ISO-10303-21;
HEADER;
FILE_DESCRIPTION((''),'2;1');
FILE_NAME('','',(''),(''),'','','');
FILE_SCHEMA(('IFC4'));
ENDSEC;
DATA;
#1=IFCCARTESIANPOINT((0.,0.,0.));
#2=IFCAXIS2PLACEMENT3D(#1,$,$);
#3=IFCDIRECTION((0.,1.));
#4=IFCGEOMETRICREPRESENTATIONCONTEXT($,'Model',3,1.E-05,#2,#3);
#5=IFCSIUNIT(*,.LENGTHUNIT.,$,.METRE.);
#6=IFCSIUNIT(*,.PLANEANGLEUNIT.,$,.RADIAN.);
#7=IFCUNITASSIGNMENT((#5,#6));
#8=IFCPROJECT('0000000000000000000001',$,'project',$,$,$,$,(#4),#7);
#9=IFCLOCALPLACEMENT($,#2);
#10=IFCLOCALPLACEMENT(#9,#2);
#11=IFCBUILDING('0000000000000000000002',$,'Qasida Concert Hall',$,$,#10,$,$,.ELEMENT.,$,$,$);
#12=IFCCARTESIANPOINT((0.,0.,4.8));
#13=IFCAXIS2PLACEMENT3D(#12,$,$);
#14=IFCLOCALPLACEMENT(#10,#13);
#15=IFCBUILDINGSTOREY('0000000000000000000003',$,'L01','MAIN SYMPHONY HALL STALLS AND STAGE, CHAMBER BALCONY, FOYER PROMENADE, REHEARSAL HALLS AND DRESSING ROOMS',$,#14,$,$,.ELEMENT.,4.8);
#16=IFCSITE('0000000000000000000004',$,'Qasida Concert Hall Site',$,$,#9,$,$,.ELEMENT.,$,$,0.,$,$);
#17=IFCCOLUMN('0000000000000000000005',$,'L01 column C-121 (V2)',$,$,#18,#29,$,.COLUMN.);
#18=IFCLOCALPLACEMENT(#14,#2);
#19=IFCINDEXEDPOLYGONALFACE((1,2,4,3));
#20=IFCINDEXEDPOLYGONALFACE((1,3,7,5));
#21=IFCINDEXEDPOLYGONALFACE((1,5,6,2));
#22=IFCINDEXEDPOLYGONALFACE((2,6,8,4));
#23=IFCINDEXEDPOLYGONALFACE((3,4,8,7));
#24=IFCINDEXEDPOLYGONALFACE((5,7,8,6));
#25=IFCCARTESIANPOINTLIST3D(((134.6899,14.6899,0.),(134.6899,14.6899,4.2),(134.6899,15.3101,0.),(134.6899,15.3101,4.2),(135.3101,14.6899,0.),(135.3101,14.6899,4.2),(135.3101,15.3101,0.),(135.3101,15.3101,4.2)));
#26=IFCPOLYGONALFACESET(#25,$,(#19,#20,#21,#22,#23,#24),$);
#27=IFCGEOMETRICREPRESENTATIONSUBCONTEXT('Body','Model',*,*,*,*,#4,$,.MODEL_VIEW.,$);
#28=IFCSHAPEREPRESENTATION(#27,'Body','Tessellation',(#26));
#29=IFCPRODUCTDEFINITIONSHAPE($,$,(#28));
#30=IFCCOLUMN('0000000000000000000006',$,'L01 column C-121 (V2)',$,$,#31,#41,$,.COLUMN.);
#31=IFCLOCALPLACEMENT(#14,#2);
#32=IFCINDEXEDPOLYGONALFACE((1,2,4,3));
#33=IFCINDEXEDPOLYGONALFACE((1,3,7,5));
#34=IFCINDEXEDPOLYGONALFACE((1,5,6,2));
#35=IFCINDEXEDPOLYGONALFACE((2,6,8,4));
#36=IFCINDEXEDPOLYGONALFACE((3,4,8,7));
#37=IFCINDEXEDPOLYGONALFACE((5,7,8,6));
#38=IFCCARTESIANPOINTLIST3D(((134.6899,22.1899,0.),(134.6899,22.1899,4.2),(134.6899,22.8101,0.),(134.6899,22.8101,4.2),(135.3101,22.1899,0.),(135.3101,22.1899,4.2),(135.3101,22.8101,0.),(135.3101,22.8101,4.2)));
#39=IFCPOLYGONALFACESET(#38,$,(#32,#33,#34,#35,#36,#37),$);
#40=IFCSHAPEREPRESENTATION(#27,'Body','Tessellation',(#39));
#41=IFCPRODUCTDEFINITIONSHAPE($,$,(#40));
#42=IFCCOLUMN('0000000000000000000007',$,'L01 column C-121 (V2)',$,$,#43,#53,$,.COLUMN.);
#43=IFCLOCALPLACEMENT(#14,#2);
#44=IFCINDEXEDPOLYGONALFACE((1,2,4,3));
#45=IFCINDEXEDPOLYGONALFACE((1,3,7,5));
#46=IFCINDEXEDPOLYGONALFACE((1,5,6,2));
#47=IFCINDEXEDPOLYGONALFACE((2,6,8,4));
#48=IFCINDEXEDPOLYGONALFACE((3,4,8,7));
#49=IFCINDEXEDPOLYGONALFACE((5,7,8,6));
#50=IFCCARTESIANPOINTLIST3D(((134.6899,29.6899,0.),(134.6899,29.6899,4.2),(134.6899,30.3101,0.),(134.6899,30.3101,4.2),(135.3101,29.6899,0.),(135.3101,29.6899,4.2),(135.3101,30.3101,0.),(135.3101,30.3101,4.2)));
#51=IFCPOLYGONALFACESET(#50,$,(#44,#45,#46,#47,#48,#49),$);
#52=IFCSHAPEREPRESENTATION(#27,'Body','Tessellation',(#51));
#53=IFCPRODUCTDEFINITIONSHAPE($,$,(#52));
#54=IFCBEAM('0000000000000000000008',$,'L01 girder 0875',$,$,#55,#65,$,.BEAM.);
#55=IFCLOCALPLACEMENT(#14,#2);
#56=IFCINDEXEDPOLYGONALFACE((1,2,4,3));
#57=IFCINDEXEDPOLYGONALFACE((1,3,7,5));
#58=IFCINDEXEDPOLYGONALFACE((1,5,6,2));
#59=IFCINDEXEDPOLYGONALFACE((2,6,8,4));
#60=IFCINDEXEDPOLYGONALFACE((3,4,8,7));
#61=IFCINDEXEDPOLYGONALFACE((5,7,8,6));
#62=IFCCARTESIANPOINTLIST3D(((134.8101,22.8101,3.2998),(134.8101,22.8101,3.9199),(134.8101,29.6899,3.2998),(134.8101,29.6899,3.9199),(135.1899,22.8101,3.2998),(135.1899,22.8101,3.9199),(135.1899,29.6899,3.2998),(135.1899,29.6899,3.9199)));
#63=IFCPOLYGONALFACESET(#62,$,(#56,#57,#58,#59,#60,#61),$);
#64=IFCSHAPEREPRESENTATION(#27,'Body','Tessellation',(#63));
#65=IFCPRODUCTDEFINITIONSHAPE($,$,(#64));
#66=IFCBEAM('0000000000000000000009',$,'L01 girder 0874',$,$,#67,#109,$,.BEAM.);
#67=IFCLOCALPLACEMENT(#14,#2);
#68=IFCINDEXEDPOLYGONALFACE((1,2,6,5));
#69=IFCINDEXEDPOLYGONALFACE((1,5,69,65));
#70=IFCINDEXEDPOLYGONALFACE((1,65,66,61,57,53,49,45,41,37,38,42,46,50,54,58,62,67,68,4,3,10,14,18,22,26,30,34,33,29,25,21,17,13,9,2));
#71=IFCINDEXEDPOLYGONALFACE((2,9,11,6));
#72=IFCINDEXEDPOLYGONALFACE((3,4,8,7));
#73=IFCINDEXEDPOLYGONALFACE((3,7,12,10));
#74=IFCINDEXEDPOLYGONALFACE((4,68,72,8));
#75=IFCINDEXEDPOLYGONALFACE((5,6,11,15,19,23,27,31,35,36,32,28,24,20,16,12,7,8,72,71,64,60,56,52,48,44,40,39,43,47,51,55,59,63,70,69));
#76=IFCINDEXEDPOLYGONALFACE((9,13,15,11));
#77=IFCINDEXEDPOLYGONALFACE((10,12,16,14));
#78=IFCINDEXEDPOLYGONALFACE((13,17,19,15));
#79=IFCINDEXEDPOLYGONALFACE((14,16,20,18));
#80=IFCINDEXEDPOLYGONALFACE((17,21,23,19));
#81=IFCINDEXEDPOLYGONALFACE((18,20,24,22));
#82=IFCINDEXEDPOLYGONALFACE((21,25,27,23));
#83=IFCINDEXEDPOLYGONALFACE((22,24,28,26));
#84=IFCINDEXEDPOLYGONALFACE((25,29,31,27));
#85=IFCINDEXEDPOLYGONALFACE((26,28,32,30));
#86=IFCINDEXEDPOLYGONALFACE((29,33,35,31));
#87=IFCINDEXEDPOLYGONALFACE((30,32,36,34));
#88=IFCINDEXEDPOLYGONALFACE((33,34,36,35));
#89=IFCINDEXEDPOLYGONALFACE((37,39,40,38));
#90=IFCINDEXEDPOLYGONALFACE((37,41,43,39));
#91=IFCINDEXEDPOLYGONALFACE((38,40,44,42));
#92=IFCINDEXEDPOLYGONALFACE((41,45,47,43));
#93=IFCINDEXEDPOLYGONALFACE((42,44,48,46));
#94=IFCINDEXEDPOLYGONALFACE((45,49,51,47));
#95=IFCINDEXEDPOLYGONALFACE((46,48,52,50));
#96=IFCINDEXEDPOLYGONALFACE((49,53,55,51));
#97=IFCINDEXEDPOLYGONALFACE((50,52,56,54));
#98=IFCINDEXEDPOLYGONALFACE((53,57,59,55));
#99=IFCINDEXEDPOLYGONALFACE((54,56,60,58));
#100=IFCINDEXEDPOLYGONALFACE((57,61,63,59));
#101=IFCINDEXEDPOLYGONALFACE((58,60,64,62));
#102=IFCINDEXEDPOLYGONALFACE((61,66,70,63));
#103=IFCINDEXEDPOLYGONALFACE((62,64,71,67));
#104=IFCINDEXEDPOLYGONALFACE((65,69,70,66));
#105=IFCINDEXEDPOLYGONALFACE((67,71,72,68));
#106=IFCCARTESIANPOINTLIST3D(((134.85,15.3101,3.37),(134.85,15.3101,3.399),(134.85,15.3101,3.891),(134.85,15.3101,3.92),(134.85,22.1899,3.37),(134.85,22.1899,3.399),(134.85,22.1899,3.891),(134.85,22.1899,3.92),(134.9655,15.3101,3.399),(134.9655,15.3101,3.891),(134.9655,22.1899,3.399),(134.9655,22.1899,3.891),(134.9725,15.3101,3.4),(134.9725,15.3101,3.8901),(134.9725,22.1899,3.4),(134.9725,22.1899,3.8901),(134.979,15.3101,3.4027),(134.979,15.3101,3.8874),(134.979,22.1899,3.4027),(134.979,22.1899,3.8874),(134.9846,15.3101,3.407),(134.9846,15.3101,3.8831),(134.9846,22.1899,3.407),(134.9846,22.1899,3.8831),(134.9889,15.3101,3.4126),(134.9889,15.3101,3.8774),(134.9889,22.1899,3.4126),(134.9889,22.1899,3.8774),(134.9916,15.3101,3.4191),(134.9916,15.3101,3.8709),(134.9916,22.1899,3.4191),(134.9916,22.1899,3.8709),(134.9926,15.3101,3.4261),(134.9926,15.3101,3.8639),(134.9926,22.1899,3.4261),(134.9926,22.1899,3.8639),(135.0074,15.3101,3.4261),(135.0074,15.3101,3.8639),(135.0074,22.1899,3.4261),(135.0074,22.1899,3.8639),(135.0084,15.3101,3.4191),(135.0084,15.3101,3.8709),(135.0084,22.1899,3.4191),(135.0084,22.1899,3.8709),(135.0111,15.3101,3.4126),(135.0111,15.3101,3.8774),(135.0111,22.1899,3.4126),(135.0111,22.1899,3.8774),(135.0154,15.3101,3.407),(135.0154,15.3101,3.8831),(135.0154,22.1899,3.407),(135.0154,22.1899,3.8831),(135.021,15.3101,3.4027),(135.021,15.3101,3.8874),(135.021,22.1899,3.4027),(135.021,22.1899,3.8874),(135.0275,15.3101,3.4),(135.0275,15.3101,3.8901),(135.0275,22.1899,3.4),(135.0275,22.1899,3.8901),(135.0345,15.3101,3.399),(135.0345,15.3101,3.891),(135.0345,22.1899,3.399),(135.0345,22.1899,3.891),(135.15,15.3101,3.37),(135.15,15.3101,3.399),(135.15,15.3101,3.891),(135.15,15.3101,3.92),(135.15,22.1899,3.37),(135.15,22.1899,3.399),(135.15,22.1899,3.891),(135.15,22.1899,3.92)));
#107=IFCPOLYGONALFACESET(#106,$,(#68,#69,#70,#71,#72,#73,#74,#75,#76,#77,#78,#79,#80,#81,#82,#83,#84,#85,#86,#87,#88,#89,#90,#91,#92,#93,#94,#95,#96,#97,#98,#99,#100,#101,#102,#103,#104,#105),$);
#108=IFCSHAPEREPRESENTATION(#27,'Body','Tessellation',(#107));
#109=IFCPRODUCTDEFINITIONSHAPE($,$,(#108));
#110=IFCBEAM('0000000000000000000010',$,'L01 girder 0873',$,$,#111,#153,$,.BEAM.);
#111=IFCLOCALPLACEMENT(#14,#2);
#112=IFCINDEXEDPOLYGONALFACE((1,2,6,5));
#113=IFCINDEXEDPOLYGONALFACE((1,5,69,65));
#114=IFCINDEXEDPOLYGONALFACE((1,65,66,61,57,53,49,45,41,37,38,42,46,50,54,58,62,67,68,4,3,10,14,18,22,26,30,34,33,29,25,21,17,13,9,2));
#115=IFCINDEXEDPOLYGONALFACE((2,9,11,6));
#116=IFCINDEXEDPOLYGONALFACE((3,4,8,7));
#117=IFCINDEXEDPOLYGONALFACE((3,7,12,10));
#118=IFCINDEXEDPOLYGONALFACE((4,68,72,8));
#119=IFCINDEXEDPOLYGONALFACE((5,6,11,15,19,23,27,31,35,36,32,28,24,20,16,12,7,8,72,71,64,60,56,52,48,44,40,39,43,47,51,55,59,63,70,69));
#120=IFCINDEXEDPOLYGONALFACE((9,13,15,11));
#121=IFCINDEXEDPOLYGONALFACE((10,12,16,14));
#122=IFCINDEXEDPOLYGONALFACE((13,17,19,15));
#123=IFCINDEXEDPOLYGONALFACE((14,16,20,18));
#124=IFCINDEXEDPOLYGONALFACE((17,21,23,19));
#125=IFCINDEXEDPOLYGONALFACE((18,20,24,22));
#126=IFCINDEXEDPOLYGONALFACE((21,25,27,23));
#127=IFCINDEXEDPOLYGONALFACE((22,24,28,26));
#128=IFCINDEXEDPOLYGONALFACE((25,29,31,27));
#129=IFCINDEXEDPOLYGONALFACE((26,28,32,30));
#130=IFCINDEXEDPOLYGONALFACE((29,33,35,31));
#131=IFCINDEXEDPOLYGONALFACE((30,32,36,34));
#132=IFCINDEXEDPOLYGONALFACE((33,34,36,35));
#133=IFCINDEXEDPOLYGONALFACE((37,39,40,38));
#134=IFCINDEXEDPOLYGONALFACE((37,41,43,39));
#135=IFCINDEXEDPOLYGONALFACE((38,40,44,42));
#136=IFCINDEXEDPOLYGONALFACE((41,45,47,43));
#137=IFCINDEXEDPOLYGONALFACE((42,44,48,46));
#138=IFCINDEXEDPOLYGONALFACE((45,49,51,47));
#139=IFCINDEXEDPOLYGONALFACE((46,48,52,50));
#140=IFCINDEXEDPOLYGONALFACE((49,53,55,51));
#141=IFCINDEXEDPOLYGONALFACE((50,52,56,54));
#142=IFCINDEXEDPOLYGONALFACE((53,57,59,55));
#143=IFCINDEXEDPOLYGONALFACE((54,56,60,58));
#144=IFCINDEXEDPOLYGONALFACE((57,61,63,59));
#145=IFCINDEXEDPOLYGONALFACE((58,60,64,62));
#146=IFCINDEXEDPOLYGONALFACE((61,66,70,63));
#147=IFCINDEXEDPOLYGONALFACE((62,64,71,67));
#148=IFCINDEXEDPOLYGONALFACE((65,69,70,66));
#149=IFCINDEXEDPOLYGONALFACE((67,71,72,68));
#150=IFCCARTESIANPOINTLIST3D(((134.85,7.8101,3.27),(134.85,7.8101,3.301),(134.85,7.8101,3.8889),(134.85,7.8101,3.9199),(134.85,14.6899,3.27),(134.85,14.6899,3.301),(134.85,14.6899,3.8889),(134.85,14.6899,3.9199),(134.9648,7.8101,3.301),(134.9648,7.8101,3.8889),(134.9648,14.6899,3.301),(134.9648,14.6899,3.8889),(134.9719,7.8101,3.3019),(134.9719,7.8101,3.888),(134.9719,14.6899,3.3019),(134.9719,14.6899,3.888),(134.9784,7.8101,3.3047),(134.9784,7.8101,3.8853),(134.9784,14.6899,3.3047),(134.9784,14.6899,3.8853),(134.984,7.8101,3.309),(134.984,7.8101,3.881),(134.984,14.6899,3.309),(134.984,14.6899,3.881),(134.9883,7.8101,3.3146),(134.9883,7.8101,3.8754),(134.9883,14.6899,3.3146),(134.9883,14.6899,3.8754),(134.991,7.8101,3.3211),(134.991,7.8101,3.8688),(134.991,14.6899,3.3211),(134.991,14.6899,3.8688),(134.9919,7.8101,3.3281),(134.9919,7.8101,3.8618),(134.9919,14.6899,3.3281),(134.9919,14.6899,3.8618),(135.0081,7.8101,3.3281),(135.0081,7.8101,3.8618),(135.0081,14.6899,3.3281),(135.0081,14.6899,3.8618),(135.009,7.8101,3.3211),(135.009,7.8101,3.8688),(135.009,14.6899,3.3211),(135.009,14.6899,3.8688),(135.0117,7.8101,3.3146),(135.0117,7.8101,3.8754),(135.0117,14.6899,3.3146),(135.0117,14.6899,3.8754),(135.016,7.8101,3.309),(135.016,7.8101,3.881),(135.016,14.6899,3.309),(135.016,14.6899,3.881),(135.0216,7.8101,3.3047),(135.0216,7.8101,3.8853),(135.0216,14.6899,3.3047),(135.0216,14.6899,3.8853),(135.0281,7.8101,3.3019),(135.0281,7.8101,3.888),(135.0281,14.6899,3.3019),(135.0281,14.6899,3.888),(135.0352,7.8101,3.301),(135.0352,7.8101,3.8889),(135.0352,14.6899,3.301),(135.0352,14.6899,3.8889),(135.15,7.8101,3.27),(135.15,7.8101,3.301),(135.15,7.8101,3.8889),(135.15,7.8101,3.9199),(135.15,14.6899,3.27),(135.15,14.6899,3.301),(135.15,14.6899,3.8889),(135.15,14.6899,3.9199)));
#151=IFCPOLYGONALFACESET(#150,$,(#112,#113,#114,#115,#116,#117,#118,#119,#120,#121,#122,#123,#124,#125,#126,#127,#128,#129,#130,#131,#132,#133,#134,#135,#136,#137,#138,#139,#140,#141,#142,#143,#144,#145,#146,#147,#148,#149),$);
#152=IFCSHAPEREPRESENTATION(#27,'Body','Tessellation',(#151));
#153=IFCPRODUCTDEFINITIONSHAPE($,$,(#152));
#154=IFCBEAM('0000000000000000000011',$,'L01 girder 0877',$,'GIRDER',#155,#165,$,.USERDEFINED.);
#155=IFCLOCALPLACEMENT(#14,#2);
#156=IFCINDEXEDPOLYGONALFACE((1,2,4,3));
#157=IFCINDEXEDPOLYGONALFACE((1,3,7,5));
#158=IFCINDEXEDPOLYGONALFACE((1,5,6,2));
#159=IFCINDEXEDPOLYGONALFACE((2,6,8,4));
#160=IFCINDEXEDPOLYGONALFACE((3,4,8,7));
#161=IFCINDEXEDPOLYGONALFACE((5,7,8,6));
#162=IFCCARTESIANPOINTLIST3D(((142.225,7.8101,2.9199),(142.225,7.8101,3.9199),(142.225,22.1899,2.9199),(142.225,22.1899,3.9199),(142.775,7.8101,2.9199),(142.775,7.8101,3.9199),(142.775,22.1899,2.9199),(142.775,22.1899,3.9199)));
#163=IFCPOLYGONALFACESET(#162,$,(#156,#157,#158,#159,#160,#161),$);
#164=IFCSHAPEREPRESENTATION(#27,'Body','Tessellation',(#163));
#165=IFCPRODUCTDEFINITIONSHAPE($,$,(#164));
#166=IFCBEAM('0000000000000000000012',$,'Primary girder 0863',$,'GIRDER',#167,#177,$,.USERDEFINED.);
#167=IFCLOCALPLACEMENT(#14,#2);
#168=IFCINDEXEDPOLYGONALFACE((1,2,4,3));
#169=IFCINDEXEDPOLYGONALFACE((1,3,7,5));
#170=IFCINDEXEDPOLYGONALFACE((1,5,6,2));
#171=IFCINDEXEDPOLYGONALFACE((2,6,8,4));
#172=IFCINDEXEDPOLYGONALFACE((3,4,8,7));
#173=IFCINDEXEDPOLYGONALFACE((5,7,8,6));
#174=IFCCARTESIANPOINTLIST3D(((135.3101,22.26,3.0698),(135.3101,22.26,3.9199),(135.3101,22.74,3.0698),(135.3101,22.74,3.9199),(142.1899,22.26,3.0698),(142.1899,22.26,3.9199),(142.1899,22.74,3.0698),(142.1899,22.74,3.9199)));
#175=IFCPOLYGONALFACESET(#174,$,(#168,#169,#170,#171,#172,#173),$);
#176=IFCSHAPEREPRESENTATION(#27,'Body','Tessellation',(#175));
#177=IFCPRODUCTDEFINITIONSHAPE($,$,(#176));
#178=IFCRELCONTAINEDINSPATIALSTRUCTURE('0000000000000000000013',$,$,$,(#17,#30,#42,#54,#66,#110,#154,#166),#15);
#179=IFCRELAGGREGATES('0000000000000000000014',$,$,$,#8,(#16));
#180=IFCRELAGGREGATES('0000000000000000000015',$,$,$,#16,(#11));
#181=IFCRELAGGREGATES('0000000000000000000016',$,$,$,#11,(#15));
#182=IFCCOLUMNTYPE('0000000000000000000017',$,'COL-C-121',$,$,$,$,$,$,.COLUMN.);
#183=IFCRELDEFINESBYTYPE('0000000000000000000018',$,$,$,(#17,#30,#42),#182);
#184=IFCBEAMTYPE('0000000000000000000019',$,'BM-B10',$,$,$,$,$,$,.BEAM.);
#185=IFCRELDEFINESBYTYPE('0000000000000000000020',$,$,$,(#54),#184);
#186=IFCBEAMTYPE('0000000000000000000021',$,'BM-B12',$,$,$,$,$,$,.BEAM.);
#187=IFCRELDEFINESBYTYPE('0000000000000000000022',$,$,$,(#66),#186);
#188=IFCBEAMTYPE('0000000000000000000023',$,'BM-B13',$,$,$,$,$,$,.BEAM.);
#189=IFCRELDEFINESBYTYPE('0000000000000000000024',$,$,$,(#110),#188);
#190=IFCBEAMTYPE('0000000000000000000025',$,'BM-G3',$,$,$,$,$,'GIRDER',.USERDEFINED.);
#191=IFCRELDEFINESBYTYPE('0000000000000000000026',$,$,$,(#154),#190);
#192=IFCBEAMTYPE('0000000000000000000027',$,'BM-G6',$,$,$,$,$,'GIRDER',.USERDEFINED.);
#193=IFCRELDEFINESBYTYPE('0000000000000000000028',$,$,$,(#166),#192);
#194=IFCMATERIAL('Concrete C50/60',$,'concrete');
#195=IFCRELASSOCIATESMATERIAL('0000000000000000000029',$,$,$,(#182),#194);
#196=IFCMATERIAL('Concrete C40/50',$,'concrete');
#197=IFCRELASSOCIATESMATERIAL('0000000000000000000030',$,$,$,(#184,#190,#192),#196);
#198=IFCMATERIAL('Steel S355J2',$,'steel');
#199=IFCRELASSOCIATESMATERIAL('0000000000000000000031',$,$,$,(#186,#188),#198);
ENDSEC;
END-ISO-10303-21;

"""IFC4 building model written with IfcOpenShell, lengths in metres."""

from ifc_helpers import new_model, si_unit, direction, frame, origin, origin_2d, place, context, subcontext, project, spatial, rectangle, i_section, extrude, material, material_profile, profile_set, type_object, element, save


model = new_model("IFC4")

# Units and contexts
model_context = context("Model", 3, precision=1e-05, world=origin(), true_north=direction((0.0, 1.0)))
body_context = subcontext(model_context, "Body", "Model", "MODEL_VIEW")
ifc_project = project(units=[si_unit("LENGTHUNIT", "METRE"), si_unit("PLANEANGLEUNIT", "RADIAN")], contexts=[model_context])

# Site, building, storey
site_placement = place(None, origin())
site = spatial("IfcSite", under=ifc_project, at=site_placement, Name="Qasida Concert Hall Site", CompositionType="ELEMENT", RefElevation=0.0)
building_placement = place(site_placement, origin())
building = spatial("IfcBuilding", under=site, at=building_placement, Name="Qasida Concert Hall", CompositionType="ELEMENT")
storey_placement = place(building_placement, frame((0.0, 0.0, 4.8)))
storey = spatial("IfcBuildingStorey", under=building, at=storey_placement, Name="L01", Description="MAIN SYMPHONY HALL STALLS AND STAGE, CHAMBER BALCONY, FOYER PROMENADE, REHEARSAL HALLS AND DRESSING ROOMS", CompositionType="ELEMENT", Elevation=4.8)

# Columns
ifc_material_1 = material(Name="Concrete C50/60", Category="concrete")
ifc_material_profile_1 = material_profile(ifc_material_1, rectangle(XDim=0.6201, YDim=0.6201, at=origin_2d()), Name="RC 620x620")
ifc_profile_set_1 = profile_set([ifc_material_profile_1], Name="Concrete C50/60")
column_type = type_object("IfcColumnType", Name="COL-C-121", PredefinedType="COLUMN", material=ifc_profile_set_1)
for number, where, z_axis, x_axis, name in (
    (1, (135.0, 15.0, 0.0), (0.0, 0.0, 1.0), (1.0, 0.0, 0.0), "L01 column C-121 (V2)"),
    (2, (135.0, 22.5, 0.0), (0.0, 0.0, 1.0), (1.0, 0.0, 0.0), "L01 column C-121 (V2)"),
    (3, (135.0, 30.0, 0.0), (0.0, 0.0, 1.0), (1.0, 0.0, 0.0), "L01 column C-121 (V2)"),
):
    element("IfcColumn", number, at=place(storey_placement, frame(where, z_axis=z_axis, x_axis=x_axis)), inside=storey, type_object=column_type, Name=name, PredefinedType="COLUMN", context=body_context, shape_type="SweptSolid", body=[
        extrude(rectangle(XDim=0.6201, YDim=0.6201, at=origin_2d()), origin(), (0.0, 0.0, 1.0), 4.2),
    ])

# Beams
ifc_material_2 = material(Name="Concrete C40/50", Category="concrete")
ifc_material_profile_2 = material_profile(ifc_material_2, rectangle(XDim=0.3799, YDim=0.6201, at=origin_2d()), Name="RC 380x620")
ifc_profile_set_2 = profile_set([ifc_material_profile_2], Name="Concrete C40/50")
beam_type_1 = type_object("IfcBeamType", Name="BM-B10", PredefinedType="BEAM", material=ifc_profile_set_2)
beam_1_placement = place(storey_placement, frame((135.0, 22.8101, 3.6099), z_axis=(0.0, 1.0, 0.0), x_axis=(-1.0, 0.0, 0.0)))
element("IfcBeam", 4, at=beam_1_placement, inside=storey, type_object=beam_type_1, Name="L01 girder 0875", PredefinedType="BEAM", context=body_context, shape_type="SweptSolid", body=[
    extrude(rectangle(XDim=0.3799, YDim=0.6201, at=origin_2d()), origin(), (0.0, 0.0, 1.0), 6.8799),
])
ifc_material_3 = material(Name="Steel S355J2", Category="steel")
ifc_material_profile_3 = material_profile(ifc_material_3, i_section(OverallWidth=0.3, OverallDepth=0.55, WebThickness=0.0149, FlangeThickness=0.0291, FilletRadius=0.0271, at=origin_2d()), Name="HEB 550")
ifc_profile_set_3 = profile_set([ifc_material_profile_3], Name="Steel S355J2")
beam_type_2 = type_object("IfcBeamType", Name="BM-B12", PredefinedType="BEAM", material=ifc_profile_set_3)
beam_2_placement = place(storey_placement, frame((135.0, 15.3101, 3.645), z_axis=(0.0, 1.0, 0.0), x_axis=(-1.0, 0.0, 0.0)))
element("IfcBeam", 5, at=beam_2_placement, inside=storey, type_object=beam_type_2, Name="L01 girder 0874", PredefinedType="BEAM", context=body_context, shape_type="SweptSolid", body=[
    extrude(i_section(OverallWidth=0.3, OverallDepth=0.55, WebThickness=0.0149, FlangeThickness=0.0291, FilletRadius=0.0271, at=origin_2d()), origin(), (0.0, 0.0, 1.0), 6.8799),
])
ifc_material_profile_4 = material_profile(ifc_material_3, i_section(OverallWidth=0.3, OverallDepth=0.6499, WebThickness=0.0161, FlangeThickness=0.031, FilletRadius=0.0271, at=origin_2d()), Name="HEB 650")
ifc_profile_set_4 = profile_set([ifc_material_profile_4], Name="Steel S355J2")
beam_type_3 = type_object("IfcBeamType", Name="BM-B13", PredefinedType="BEAM", material=ifc_profile_set_4)
beam_3_placement = place(storey_placement, frame((135.0, 7.8101, 3.595), z_axis=(0.0, 1.0, 0.0), x_axis=(-1.0, 0.0, 0.0)))
element("IfcBeam", 6, at=beam_3_placement, inside=storey, type_object=beam_type_3, Name="L01 girder 0873", PredefinedType="BEAM", context=body_context, shape_type="SweptSolid", body=[
    extrude(i_section(OverallWidth=0.3, OverallDepth=0.6499, WebThickness=0.0161, FlangeThickness=0.031, FilletRadius=0.0271, at=origin_2d()), origin(), (0.0, 0.0, 1.0), 6.8799),
])
ifc_material_profile_5 = material_profile(ifc_material_2, rectangle(XDim=0.55, YDim=1.0, at=origin_2d()), Name="RC 550x1000")
ifc_profile_set_5 = profile_set([ifc_material_profile_5], Name="Concrete C40/50")
beam_type_4 = type_object("IfcBeamType", Name="BM-G3", ElementType="GIRDER", PredefinedType="USERDEFINED", material=ifc_profile_set_5)
beam_4_placement = place(storey_placement, frame((142.5, 7.8101, 3.4199), z_axis=(0.0, 1.0, 0.0), x_axis=(-1.0, 0.0, 0.0)))
element("IfcBeam", 7, at=beam_4_placement, inside=storey, type_object=beam_type_4, Name="L01 girder 0877", ObjectType="GIRDER", PredefinedType="USERDEFINED", context=body_context, shape_type="SweptSolid", body=[
    extrude(rectangle(XDim=0.55, YDim=1.0, at=origin_2d()), origin(), (0.0, 0.0, 1.0), 14.3799),
])
ifc_material_profile_6 = material_profile(ifc_material_2, rectangle(XDim=0.48, YDim=0.8501, at=origin_2d()), Name="RC 480x850")
ifc_profile_set_6 = profile_set([ifc_material_profile_6], Name="Concrete C40/50")
beam_type_5 = type_object("IfcBeamType", Name="BM-G6", ElementType="GIRDER", PredefinedType="USERDEFINED", material=ifc_profile_set_6)
beam_5_placement = place(storey_placement, frame((135.3101, 22.5, 3.4949), z_axis=(1.0, 0.0, 0.0), x_axis=(0.0, 1.0, 0.0)))
element("IfcBeam", 8, at=beam_5_placement, inside=storey, type_object=beam_type_5, Name="Primary girder 0863", ObjectType="GIRDER", PredefinedType="USERDEFINED", context=body_context, shape_type="SweptSolid", body=[
    extrude(rectangle(XDim=0.48, YDim=0.8501, at=origin_2d()), origin(), (0.0, 0.0, 1.0), 6.8799),
])

save(model, "model.ifc")
